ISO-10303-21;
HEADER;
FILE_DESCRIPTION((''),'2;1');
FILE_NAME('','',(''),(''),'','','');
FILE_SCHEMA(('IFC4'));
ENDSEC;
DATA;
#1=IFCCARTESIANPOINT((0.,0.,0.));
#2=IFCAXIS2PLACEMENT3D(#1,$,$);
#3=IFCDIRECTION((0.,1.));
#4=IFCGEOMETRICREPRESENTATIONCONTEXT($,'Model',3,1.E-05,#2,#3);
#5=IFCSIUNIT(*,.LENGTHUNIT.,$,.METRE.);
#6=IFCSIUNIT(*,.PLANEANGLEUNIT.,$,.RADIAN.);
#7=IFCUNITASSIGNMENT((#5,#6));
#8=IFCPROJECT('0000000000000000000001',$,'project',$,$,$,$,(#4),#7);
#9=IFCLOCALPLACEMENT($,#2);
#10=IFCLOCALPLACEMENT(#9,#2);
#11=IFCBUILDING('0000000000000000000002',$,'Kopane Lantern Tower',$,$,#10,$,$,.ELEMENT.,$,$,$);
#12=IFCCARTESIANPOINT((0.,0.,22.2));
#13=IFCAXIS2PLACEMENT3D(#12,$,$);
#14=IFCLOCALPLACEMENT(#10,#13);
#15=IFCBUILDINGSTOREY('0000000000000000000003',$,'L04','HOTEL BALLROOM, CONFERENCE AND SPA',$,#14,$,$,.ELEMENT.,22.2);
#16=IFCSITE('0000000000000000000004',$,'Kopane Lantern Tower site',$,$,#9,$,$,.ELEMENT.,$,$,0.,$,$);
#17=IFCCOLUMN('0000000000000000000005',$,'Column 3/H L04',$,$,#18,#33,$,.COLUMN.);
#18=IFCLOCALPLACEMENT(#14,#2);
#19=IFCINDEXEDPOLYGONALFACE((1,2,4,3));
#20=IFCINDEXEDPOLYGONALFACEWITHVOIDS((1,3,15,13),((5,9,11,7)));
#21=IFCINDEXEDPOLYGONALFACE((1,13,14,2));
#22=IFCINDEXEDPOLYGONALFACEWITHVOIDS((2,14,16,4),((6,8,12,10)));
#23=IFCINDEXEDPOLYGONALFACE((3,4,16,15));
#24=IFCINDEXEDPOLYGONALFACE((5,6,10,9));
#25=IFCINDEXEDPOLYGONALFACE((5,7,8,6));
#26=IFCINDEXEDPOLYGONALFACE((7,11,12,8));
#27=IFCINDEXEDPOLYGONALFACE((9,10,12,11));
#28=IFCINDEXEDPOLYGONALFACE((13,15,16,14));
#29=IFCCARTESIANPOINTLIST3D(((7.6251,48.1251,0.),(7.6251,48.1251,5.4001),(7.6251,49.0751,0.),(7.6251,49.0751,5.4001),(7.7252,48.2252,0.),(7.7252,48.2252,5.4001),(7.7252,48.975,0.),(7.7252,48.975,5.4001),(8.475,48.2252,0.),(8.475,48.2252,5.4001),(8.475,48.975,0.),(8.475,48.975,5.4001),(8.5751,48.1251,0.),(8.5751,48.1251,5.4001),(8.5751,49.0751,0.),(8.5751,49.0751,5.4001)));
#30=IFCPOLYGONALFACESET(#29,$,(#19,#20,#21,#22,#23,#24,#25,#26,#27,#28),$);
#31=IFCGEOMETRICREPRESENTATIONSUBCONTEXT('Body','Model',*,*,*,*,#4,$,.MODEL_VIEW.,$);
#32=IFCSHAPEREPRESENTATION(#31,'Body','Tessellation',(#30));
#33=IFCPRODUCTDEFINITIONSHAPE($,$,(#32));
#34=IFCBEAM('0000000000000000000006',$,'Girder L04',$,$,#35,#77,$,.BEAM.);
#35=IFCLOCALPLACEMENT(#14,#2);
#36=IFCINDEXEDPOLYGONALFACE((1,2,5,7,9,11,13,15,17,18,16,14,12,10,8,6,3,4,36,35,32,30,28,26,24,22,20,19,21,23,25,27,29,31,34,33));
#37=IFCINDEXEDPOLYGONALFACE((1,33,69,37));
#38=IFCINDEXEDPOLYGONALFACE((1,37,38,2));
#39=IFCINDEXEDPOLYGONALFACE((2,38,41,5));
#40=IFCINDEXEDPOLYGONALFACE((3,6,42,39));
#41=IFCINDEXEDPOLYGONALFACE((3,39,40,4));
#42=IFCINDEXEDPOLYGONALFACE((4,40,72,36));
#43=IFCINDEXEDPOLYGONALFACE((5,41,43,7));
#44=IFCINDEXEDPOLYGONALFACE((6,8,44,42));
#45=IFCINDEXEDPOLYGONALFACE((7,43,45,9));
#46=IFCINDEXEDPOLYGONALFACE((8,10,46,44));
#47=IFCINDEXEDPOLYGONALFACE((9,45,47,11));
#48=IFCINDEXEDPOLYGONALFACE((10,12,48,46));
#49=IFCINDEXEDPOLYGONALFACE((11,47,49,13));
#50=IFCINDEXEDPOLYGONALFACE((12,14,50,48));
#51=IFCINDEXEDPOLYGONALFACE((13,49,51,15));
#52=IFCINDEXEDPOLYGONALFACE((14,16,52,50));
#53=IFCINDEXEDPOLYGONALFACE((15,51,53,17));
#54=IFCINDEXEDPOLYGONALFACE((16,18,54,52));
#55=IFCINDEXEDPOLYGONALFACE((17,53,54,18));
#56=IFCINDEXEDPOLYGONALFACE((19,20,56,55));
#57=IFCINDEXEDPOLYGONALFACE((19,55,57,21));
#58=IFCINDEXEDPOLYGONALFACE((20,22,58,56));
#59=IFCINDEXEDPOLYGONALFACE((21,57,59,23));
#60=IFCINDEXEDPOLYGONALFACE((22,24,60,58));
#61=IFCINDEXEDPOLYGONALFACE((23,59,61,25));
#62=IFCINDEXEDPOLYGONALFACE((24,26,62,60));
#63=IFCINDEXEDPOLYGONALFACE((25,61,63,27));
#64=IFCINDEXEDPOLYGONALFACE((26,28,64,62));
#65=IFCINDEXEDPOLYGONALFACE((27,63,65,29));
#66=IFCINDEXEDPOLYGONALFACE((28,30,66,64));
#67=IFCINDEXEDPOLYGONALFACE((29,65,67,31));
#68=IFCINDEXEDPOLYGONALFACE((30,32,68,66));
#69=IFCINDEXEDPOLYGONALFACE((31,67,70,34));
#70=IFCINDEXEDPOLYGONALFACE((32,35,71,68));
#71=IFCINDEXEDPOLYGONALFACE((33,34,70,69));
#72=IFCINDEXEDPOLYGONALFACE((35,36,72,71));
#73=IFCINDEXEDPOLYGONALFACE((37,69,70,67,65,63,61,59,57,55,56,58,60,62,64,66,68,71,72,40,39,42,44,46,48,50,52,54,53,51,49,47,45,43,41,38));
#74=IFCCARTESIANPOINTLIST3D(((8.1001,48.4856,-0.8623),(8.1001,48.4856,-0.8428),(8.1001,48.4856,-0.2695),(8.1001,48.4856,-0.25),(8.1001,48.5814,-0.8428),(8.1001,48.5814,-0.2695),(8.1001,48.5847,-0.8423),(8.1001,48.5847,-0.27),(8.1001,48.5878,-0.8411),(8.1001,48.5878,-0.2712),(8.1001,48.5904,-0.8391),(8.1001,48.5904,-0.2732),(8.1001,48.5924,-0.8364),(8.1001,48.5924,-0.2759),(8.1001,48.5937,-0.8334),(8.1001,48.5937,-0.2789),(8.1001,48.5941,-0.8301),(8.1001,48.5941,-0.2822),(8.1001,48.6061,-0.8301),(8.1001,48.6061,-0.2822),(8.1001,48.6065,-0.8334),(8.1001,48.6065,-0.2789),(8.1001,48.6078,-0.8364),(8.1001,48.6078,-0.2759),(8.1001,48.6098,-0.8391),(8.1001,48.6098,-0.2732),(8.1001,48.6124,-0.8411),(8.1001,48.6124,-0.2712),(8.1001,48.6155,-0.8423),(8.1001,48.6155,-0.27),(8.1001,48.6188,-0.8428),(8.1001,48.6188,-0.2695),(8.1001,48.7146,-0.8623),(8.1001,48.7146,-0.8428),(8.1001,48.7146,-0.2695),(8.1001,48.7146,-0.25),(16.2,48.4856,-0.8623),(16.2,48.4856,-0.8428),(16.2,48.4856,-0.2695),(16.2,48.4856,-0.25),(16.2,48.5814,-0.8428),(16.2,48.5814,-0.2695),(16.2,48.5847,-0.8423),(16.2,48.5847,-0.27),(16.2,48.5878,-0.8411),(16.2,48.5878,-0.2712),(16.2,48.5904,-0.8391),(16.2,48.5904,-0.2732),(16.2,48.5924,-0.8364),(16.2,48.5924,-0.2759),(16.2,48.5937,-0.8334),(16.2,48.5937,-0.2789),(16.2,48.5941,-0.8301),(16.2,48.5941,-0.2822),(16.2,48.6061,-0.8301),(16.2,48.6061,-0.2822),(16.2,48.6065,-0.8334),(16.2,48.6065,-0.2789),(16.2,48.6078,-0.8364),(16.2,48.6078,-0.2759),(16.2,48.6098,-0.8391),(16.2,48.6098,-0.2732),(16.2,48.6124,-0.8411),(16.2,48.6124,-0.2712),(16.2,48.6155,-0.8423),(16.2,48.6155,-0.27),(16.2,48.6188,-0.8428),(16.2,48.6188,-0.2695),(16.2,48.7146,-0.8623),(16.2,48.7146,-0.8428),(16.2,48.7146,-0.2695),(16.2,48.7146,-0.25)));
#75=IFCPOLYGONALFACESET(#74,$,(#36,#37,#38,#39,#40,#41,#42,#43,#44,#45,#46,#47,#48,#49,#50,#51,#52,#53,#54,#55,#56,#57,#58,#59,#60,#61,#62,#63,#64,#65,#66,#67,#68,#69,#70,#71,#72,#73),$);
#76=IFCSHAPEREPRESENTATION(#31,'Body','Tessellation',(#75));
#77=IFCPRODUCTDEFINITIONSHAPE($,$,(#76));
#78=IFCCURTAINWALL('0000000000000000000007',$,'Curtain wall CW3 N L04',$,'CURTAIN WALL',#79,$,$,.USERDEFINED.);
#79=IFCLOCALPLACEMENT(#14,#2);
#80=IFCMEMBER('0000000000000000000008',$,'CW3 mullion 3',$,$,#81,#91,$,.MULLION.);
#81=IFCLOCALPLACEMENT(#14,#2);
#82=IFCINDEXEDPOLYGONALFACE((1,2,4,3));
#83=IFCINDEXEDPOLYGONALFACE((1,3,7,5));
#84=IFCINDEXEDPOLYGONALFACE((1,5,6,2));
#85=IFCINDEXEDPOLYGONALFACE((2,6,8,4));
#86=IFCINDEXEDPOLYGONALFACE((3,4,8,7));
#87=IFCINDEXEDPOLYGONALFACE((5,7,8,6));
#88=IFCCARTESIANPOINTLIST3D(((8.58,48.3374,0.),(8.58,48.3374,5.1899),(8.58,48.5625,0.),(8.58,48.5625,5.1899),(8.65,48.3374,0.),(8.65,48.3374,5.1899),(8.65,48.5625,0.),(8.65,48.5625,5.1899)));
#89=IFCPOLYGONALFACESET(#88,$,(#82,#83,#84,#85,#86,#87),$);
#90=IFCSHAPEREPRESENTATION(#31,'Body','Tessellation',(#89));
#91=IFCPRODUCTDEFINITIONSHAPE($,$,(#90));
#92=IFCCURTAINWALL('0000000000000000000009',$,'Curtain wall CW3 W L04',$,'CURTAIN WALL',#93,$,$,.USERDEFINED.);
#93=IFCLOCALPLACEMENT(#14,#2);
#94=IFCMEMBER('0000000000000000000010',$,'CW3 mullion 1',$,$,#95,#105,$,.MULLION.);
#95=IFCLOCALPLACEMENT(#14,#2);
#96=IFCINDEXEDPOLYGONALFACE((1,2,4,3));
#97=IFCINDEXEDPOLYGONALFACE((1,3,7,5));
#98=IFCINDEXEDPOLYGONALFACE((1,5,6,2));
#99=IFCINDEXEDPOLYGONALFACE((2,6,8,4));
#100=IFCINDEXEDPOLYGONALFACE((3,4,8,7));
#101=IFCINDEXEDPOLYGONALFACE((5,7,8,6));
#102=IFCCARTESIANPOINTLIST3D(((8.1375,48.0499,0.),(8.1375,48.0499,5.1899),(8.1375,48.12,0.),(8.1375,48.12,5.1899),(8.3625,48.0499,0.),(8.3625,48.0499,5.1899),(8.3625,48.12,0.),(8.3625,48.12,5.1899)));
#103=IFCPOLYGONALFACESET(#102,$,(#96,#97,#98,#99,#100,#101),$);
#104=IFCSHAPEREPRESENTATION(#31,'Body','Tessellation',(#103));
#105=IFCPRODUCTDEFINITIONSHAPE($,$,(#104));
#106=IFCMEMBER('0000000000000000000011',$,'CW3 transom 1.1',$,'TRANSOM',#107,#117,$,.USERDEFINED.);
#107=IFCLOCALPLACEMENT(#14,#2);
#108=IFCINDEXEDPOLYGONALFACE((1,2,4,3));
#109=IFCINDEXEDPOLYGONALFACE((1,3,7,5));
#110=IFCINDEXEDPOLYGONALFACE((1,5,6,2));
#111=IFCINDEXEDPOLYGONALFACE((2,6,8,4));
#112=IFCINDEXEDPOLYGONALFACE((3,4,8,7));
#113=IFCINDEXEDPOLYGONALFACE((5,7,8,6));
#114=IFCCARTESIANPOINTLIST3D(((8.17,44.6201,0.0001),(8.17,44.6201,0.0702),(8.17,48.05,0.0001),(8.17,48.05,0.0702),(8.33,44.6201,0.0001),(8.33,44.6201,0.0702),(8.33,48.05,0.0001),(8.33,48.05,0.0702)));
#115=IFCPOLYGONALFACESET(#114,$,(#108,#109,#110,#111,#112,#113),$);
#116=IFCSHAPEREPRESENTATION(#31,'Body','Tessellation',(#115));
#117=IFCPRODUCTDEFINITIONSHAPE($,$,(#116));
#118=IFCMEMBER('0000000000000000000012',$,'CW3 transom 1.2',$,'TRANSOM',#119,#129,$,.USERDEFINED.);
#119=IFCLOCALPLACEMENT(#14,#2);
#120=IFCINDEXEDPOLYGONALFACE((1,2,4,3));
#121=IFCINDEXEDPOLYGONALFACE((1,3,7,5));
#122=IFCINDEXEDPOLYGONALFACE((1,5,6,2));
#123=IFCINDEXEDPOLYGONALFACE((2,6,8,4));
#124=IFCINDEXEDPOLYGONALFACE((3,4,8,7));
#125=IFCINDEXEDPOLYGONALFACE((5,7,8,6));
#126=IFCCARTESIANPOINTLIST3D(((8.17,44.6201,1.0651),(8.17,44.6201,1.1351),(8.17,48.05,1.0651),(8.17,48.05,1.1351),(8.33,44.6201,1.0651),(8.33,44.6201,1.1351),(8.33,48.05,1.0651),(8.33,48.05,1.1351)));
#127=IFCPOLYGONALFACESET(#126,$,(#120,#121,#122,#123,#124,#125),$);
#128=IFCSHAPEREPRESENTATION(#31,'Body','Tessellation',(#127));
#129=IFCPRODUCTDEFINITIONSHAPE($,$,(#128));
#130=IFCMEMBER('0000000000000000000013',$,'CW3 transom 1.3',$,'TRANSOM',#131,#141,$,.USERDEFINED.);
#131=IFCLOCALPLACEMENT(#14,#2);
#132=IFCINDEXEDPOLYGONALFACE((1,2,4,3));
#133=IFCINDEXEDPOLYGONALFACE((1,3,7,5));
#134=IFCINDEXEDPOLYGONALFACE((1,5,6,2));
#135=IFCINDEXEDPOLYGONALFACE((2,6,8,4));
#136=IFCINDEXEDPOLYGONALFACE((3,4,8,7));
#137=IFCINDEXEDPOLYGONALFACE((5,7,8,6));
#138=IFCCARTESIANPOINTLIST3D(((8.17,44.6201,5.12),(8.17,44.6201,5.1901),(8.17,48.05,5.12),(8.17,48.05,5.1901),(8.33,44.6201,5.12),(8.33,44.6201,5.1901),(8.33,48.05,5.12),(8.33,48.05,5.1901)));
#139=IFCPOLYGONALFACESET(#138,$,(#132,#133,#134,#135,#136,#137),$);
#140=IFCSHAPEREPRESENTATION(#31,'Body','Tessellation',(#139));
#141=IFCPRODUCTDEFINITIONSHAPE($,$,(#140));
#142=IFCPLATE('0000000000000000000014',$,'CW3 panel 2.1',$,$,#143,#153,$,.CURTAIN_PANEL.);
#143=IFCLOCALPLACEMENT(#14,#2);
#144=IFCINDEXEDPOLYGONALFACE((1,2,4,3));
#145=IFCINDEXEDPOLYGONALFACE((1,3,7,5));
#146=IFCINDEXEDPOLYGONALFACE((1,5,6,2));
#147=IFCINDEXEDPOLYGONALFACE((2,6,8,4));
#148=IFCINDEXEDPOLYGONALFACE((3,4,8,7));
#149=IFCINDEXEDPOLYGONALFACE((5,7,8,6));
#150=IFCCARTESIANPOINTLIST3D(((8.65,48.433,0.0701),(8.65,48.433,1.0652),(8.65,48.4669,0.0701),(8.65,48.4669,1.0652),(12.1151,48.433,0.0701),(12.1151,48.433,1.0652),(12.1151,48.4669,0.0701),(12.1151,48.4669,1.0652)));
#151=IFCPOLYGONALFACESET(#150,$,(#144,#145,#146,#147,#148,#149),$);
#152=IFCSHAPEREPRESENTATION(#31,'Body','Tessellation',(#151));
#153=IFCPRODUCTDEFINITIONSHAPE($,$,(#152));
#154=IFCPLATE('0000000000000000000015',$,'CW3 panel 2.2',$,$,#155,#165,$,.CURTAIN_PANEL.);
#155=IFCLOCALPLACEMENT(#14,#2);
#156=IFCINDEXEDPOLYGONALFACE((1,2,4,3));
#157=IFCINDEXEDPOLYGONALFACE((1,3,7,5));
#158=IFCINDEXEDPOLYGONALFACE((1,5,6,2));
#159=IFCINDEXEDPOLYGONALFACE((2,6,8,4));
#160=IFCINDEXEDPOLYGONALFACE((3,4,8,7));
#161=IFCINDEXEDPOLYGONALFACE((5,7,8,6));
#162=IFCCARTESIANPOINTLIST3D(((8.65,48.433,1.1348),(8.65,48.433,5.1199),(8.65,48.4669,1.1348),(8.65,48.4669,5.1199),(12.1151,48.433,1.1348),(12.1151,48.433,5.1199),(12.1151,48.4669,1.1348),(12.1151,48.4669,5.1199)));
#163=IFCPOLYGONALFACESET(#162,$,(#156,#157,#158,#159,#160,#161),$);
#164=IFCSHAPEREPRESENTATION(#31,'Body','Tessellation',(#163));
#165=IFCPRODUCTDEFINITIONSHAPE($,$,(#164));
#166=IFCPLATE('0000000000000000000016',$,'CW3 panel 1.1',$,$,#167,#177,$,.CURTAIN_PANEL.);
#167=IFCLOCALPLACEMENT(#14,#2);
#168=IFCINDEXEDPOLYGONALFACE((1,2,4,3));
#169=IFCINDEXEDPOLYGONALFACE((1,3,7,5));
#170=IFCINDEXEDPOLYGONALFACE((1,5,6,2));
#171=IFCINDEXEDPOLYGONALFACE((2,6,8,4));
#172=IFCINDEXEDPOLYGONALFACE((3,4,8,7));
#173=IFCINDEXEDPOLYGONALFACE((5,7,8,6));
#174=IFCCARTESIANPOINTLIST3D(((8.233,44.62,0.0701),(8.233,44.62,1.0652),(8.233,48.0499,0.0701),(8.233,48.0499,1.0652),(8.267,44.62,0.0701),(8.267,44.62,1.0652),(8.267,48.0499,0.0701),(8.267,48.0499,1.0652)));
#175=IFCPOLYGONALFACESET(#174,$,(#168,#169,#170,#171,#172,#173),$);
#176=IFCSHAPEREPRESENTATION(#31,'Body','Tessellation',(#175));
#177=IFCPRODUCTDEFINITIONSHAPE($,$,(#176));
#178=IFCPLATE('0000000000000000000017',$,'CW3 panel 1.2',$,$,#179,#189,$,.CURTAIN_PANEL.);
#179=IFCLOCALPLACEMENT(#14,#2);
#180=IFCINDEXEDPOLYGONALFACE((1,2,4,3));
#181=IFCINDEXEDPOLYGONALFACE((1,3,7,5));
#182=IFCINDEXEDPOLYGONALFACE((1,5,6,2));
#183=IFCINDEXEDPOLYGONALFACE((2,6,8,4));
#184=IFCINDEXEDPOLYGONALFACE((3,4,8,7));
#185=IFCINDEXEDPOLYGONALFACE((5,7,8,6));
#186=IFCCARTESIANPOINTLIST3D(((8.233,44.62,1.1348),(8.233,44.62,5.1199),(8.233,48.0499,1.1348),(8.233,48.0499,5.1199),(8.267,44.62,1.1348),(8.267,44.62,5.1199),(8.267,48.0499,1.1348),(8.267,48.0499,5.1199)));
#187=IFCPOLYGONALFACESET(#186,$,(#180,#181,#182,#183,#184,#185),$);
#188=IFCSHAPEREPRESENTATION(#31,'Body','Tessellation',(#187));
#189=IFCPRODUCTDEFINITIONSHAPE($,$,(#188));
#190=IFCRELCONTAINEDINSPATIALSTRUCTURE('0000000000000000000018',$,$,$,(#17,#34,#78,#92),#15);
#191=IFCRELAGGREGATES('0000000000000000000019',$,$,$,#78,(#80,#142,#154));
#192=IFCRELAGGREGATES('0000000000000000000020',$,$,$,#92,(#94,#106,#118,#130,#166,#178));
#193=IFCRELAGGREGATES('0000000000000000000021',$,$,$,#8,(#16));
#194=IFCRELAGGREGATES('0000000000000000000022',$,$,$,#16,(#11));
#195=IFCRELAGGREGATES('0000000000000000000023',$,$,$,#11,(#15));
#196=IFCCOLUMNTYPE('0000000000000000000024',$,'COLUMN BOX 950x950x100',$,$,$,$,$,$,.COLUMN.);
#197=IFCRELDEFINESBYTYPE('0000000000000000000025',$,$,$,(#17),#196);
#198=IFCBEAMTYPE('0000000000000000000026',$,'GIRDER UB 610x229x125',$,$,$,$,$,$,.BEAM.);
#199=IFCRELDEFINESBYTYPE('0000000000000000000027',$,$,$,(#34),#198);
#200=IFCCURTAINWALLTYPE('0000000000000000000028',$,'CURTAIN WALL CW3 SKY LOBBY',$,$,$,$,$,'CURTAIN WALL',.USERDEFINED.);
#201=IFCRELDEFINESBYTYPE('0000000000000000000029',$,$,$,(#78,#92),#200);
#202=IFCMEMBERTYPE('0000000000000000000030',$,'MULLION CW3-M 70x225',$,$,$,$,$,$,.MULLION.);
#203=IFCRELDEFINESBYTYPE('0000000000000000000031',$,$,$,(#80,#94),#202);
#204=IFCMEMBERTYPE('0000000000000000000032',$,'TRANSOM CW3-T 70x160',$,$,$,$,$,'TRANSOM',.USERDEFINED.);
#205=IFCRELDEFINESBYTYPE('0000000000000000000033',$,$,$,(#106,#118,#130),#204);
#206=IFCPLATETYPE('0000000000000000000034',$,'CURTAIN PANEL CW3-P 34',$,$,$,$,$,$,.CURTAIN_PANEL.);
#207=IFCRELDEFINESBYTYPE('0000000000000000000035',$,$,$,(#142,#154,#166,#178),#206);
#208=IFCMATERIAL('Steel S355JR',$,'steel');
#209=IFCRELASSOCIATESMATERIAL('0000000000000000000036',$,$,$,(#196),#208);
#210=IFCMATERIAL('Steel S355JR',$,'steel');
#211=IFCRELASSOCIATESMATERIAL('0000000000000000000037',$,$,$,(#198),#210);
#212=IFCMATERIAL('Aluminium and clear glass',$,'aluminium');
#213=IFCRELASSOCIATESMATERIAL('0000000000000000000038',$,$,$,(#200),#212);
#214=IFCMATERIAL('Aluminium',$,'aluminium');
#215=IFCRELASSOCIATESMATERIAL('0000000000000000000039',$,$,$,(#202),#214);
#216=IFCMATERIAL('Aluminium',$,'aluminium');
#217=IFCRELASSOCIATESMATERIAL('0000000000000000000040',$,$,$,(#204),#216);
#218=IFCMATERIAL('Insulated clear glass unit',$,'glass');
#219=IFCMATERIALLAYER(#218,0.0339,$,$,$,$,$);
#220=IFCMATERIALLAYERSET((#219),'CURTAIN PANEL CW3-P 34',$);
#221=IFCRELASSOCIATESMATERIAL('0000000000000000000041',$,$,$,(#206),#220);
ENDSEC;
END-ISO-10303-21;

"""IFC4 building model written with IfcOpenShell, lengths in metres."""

from ifc_helpers import new_model, si_unit, direction, frame, origin, origin_2d, place, context, subcontext, project, spatial, rectangle, hollow_rectangle, i_section, extrude, material, layer, layer_set, material_profile, profile_set, type_object, element, aggregate, save


model = new_model("IFC4")

# Units and contexts
model_context = context("Model", 3, precision=1e-05, world=origin(), true_north=direction((0.0, 1.0)))
body_context = subcontext(model_context, "Body", "Model", "MODEL_VIEW")
ifc_project = project(units=[si_unit("LENGTHUNIT", "METRE"), si_unit("PLANEANGLEUNIT", "RADIAN")], contexts=[model_context])

# Site, building, storey
site_placement = place(None, origin())
site = spatial("IfcSite", under=ifc_project, at=site_placement, Name="Kopane Lantern Tower site", CompositionType="ELEMENT", RefElevation=0.0)
building_placement = place(site_placement, origin())
building = spatial("IfcBuilding", under=site, at=building_placement, Name="Kopane Lantern Tower", CompositionType="ELEMENT")
storey_placement = place(building_placement, frame((0.0, 0.0, 22.2)))
storey = spatial("IfcBuildingStorey", under=building, at=storey_placement, Name="L04", Description="HOTEL BALLROOM, CONFERENCE AND SPA", CompositionType="ELEMENT", Elevation=22.2)

# Column
ifc_material_1 = material(Name="Steel S355JR", Category="steel")
ifc_material_profile_1 = material_profile(ifc_material_1, hollow_rectangle(XDim=0.95, YDim=0.95, WallThickness=0.1001, at=origin_2d()), Name="BOX 950x950x100")
ifc_profile_set_1 = profile_set([ifc_material_profile_1], Name="Steel S355JR")
column_type = type_object("IfcColumnType", Name="COLUMN BOX 950x950x100", PredefinedType="COLUMN", material=ifc_profile_set_1)
column_placement = place(storey_placement, frame((8.1001, 48.6001, 0.0), z_axis=(0.0, 0.0, 1.0), x_axis=(1.0, 0.0, 0.0)))
element("IfcColumn", 1, at=column_placement, inside=storey, type_object=column_type, Name="Column 3/H L04", PredefinedType="COLUMN", context=body_context, shape_type="SweptSolid", body=[
    extrude(hollow_rectangle(XDim=0.95, YDim=0.95, WallThickness=0.1001, at=origin_2d()), origin(), (0.0, 0.0, 1.0), 5.4001),
])

# Beam
ifc_material_2 = material(Name="Steel S355JR", Category="steel")
ifc_material_profile_2 = material_profile(ifc_material_2, i_section(OverallWidth=0.229, OverallDepth=0.6123, WebThickness=0.012, FlangeThickness=0.0195, FilletRadius=0.0127, at=origin_2d()), Name="UB 610x229x125")
ifc_profile_set_2 = profile_set([ifc_material_profile_2], Name="Steel S355JR")
beam_type = type_object("IfcBeamType", Name="GIRDER UB 610x229x125", PredefinedType="BEAM", material=ifc_profile_set_2)
beam_placement = place(storey_placement, frame((8.1001, 48.6001, -0.5562), z_axis=(1.0, 0.0, 0.0), x_axis=(0.0, 1.0, 0.0)))
element("IfcBeam", 2, at=beam_placement, inside=storey, type_object=beam_type, Name="Girder L04", PredefinedType="BEAM", context=body_context, shape_type="SweptSolid", body=[
    extrude(i_section(OverallWidth=0.229, OverallDepth=0.6123, WebThickness=0.012, FlangeThickness=0.0195, FilletRadius=0.0127, at=origin_2d()), origin(), (0.0, 0.0, 1.0), 8.0999),
])

# Curtain wall, member
ifc_material_3 = material(Name="Aluminium and clear glass", Category="aluminium")
curtain_wall_type = type_object("IfcCurtainWallType", Name="CURTAIN WALL CW3 SKY LOBBY", ElementType="CURTAIN WALL", PredefinedType="USERDEFINED", material=ifc_material_3)
curtain_wall_1_placement = place(storey_placement, origin())
curtain_wall_1 = element("IfcCurtainWall", 3, at=curtain_wall_1_placement, inside=storey, type_object=curtain_wall_type, Name="Curtain wall CW3 N L04", ObjectType="CURTAIN WALL", PredefinedType="USERDEFINED")
ifc_material_4 = material(Name="Aluminium", Category="aluminium")
ifc_material_profile_3 = material_profile(ifc_material_4, rectangle(XDim=0.0701, YDim=0.2251, at=origin_2d()), Name="AL 70x225")
ifc_profile_set_3 = profile_set([ifc_material_profile_3], Name="Aluminium")
member_type_1 = type_object("IfcMemberType", Name="MULLION CW3-M 70x225", PredefinedType="MULLION", material=ifc_profile_set_3)
member_1_placement = place(storey_placement, frame((8.615, 48.45, 0.0), z_axis=(0.0, 0.0, 1.0), x_axis=(-1.0, 0.0, 0.0)))
member_1 = element("IfcMember", 4, at=member_1_placement, type_object=member_type_1, Name="CW3 mullion 3", PredefinedType="MULLION", context=body_context, shape_type="SweptSolid", body=[
    extrude(rectangle(XDim=0.0701, YDim=0.2251, at=origin_2d()), origin(), (0.0, 0.0, 1.0), 5.1899),
])

# Curtain wall, members
curtain_wall_2_placement = place(storey_placement, origin())
curtain_wall_2 = element("IfcCurtainWall", 5, at=curtain_wall_2_placement, inside=storey, type_object=curtain_wall_type, Name="Curtain wall CW3 W L04", ObjectType="CURTAIN WALL", PredefinedType="USERDEFINED")
member_2_placement = place(storey_placement, frame((8.25, 48.085, 0.0), z_axis=(0.0, 0.0, 1.0), x_axis=(0.0, -1.0, 0.0)))
member_2 = element("IfcMember", 6, at=member_2_placement, type_object=member_type_1, Name="CW3 mullion 1", PredefinedType="MULLION", context=body_context, shape_type="SweptSolid", body=[
    extrude(rectangle(XDim=0.0701, YDim=0.2251, at=origin_2d()), origin(), (0.0, 0.0, 1.0), 5.1899),
])
ifc_material_5 = material(Name="Aluminium", Category="aluminium")
ifc_material_profile_4 = material_profile(ifc_material_5, rectangle(XDim=0.1599, YDim=0.0701, at=origin_2d()), Name="AL 160x70")
ifc_profile_set_4 = profile_set([ifc_material_profile_4], Name="Aluminium")
member_type_2 = type_object("IfcMemberType", Name="TRANSOM CW3-T 70x160", ElementType="TRANSOM", PredefinedType="USERDEFINED", material=ifc_profile_set_4)
member_3_placement = place(storey_placement, frame((8.25, 48.05, 0.0352), z_axis=(0.0, -1.0, 0.0), x_axis=(1.0, 0.0, 0.0)))
member_3 = element("IfcMember", 7, at=member_3_placement, type_object=member_type_2, Name="CW3 transom 1.1", ObjectType="TRANSOM", PredefinedType="USERDEFINED", context=body_context, shape_type="SweptSolid", body=[
    extrude(rectangle(XDim=0.1599, YDim=0.0701, at=origin_2d()), origin(), (0.0, 0.0, 1.0), 3.4299),
])
member_4_placement = place(storey_placement, frame((8.25, 48.05, 1.1001), z_axis=(0.0, -1.0, 0.0), x_axis=(1.0, 0.0, 0.0)))
member_4 = element("IfcMember", 8, at=member_4_placement, type_object=member_type_2, Name="CW3 transom 1.2", ObjectType="TRANSOM", PredefinedType="USERDEFINED", context=body_context, shape_type="SweptSolid", body=[
    extrude(rectangle(XDim=0.1599, YDim=0.0701, at=origin_2d()), origin(), (0.0, 0.0, 1.0), 3.4299),
])
member_5_placement = place(storey_placement, frame((8.25, 48.05, 5.155), z_axis=(0.0, -1.0, 0.0), x_axis=(1.0, 0.0, 0.0)))
member_5 = element("IfcMember", 9, at=member_5_placement, type_object=member_type_2, Name="CW3 transom 1.3", ObjectType="TRANSOM", PredefinedType="USERDEFINED", context=body_context, shape_type="SweptSolid", body=[
    extrude(rectangle(XDim=0.1599, YDim=0.0701, at=origin_2d()), origin(), (0.0, 0.0, 1.0), 3.4299),
])

# Plates
ifc_material_6 = material(Name="Insulated clear glass unit", Category="glass")
ifc_layer = layer(ifc_material_6, 0.0339)
ifc_layer_set = layer_set([ifc_layer], Name="CURTAIN PANEL CW3-P 34")
plate_type = type_object("IfcPlateType", Name="CURTAIN PANEL CW3-P 34", PredefinedType="CURTAIN_PANEL", material=ifc_layer_set)
plate_1_placement = place(storey_placement, frame((10.3826, 48.45, 0.0701), z_axis=(0.0, 0.0, 1.0), x_axis=(-1.0, 0.0, 0.0)))
plate_1 = element("IfcPlate", 10, at=plate_1_placement, type_object=plate_type, Name="CW3 panel 2.1", PredefinedType="CURTAIN_PANEL", context=body_context, shape_type="SweptSolid", body=[
    extrude(rectangle(XDim=3.4651, YDim=0.0339, at=origin_2d()), origin(), (0.0, 0.0, 1.0), 0.9951),
])
plate_2_placement = place(storey_placement, frame((10.3826, 48.45, 1.1348), z_axis=(0.0, 0.0, 1.0), x_axis=(-1.0, 0.0, 0.0)))
plate_2 = element("IfcPlate", 11, at=plate_2_placement, type_object=plate_type, Name="CW3 panel 2.2", PredefinedType="CURTAIN_PANEL", context=body_context, shape_type="SweptSolid", body=[
    extrude(rectangle(XDim=3.4651, YDim=0.0339, at=origin_2d()), origin(), (0.0, 0.0, 1.0), 3.9851),
])
aggregate(curtain_wall_1, [member_1, plate_1, plate_2])
plate_3_placement = place(storey_placement, frame((8.25, 46.335, 0.0701), z_axis=(0.0, 0.0, 1.0), x_axis=(0.0, -1.0, 0.0)))
plate_3 = element("IfcPlate", 12, at=plate_3_placement, type_object=plate_type, Name="CW3 panel 1.1", PredefinedType="CURTAIN_PANEL", context=body_context, shape_type="SweptSolid", body=[
    extrude(rectangle(XDim=3.4299, YDim=0.0339, at=origin_2d()), origin(), (0.0, 0.0, 1.0), 0.9951),
])
plate_4_placement = place(storey_placement, frame((8.25, 46.335, 1.1348), z_axis=(0.0, 0.0, 1.0), x_axis=(0.0, -1.0, 0.0)))
plate_4 = element("IfcPlate", 13, at=plate_4_placement, type_object=plate_type, Name="CW3 panel 1.2", PredefinedType="CURTAIN_PANEL", context=body_context, shape_type="SweptSolid", body=[
    extrude(rectangle(XDim=3.4299, YDim=0.0339, at=origin_2d()), origin(), (0.0, 0.0, 1.0), 3.9851),
])
aggregate(curtain_wall_2, [member_2, member_3, member_4, member_5, plate_3, plate_4])

save(model, "model.ifc")
